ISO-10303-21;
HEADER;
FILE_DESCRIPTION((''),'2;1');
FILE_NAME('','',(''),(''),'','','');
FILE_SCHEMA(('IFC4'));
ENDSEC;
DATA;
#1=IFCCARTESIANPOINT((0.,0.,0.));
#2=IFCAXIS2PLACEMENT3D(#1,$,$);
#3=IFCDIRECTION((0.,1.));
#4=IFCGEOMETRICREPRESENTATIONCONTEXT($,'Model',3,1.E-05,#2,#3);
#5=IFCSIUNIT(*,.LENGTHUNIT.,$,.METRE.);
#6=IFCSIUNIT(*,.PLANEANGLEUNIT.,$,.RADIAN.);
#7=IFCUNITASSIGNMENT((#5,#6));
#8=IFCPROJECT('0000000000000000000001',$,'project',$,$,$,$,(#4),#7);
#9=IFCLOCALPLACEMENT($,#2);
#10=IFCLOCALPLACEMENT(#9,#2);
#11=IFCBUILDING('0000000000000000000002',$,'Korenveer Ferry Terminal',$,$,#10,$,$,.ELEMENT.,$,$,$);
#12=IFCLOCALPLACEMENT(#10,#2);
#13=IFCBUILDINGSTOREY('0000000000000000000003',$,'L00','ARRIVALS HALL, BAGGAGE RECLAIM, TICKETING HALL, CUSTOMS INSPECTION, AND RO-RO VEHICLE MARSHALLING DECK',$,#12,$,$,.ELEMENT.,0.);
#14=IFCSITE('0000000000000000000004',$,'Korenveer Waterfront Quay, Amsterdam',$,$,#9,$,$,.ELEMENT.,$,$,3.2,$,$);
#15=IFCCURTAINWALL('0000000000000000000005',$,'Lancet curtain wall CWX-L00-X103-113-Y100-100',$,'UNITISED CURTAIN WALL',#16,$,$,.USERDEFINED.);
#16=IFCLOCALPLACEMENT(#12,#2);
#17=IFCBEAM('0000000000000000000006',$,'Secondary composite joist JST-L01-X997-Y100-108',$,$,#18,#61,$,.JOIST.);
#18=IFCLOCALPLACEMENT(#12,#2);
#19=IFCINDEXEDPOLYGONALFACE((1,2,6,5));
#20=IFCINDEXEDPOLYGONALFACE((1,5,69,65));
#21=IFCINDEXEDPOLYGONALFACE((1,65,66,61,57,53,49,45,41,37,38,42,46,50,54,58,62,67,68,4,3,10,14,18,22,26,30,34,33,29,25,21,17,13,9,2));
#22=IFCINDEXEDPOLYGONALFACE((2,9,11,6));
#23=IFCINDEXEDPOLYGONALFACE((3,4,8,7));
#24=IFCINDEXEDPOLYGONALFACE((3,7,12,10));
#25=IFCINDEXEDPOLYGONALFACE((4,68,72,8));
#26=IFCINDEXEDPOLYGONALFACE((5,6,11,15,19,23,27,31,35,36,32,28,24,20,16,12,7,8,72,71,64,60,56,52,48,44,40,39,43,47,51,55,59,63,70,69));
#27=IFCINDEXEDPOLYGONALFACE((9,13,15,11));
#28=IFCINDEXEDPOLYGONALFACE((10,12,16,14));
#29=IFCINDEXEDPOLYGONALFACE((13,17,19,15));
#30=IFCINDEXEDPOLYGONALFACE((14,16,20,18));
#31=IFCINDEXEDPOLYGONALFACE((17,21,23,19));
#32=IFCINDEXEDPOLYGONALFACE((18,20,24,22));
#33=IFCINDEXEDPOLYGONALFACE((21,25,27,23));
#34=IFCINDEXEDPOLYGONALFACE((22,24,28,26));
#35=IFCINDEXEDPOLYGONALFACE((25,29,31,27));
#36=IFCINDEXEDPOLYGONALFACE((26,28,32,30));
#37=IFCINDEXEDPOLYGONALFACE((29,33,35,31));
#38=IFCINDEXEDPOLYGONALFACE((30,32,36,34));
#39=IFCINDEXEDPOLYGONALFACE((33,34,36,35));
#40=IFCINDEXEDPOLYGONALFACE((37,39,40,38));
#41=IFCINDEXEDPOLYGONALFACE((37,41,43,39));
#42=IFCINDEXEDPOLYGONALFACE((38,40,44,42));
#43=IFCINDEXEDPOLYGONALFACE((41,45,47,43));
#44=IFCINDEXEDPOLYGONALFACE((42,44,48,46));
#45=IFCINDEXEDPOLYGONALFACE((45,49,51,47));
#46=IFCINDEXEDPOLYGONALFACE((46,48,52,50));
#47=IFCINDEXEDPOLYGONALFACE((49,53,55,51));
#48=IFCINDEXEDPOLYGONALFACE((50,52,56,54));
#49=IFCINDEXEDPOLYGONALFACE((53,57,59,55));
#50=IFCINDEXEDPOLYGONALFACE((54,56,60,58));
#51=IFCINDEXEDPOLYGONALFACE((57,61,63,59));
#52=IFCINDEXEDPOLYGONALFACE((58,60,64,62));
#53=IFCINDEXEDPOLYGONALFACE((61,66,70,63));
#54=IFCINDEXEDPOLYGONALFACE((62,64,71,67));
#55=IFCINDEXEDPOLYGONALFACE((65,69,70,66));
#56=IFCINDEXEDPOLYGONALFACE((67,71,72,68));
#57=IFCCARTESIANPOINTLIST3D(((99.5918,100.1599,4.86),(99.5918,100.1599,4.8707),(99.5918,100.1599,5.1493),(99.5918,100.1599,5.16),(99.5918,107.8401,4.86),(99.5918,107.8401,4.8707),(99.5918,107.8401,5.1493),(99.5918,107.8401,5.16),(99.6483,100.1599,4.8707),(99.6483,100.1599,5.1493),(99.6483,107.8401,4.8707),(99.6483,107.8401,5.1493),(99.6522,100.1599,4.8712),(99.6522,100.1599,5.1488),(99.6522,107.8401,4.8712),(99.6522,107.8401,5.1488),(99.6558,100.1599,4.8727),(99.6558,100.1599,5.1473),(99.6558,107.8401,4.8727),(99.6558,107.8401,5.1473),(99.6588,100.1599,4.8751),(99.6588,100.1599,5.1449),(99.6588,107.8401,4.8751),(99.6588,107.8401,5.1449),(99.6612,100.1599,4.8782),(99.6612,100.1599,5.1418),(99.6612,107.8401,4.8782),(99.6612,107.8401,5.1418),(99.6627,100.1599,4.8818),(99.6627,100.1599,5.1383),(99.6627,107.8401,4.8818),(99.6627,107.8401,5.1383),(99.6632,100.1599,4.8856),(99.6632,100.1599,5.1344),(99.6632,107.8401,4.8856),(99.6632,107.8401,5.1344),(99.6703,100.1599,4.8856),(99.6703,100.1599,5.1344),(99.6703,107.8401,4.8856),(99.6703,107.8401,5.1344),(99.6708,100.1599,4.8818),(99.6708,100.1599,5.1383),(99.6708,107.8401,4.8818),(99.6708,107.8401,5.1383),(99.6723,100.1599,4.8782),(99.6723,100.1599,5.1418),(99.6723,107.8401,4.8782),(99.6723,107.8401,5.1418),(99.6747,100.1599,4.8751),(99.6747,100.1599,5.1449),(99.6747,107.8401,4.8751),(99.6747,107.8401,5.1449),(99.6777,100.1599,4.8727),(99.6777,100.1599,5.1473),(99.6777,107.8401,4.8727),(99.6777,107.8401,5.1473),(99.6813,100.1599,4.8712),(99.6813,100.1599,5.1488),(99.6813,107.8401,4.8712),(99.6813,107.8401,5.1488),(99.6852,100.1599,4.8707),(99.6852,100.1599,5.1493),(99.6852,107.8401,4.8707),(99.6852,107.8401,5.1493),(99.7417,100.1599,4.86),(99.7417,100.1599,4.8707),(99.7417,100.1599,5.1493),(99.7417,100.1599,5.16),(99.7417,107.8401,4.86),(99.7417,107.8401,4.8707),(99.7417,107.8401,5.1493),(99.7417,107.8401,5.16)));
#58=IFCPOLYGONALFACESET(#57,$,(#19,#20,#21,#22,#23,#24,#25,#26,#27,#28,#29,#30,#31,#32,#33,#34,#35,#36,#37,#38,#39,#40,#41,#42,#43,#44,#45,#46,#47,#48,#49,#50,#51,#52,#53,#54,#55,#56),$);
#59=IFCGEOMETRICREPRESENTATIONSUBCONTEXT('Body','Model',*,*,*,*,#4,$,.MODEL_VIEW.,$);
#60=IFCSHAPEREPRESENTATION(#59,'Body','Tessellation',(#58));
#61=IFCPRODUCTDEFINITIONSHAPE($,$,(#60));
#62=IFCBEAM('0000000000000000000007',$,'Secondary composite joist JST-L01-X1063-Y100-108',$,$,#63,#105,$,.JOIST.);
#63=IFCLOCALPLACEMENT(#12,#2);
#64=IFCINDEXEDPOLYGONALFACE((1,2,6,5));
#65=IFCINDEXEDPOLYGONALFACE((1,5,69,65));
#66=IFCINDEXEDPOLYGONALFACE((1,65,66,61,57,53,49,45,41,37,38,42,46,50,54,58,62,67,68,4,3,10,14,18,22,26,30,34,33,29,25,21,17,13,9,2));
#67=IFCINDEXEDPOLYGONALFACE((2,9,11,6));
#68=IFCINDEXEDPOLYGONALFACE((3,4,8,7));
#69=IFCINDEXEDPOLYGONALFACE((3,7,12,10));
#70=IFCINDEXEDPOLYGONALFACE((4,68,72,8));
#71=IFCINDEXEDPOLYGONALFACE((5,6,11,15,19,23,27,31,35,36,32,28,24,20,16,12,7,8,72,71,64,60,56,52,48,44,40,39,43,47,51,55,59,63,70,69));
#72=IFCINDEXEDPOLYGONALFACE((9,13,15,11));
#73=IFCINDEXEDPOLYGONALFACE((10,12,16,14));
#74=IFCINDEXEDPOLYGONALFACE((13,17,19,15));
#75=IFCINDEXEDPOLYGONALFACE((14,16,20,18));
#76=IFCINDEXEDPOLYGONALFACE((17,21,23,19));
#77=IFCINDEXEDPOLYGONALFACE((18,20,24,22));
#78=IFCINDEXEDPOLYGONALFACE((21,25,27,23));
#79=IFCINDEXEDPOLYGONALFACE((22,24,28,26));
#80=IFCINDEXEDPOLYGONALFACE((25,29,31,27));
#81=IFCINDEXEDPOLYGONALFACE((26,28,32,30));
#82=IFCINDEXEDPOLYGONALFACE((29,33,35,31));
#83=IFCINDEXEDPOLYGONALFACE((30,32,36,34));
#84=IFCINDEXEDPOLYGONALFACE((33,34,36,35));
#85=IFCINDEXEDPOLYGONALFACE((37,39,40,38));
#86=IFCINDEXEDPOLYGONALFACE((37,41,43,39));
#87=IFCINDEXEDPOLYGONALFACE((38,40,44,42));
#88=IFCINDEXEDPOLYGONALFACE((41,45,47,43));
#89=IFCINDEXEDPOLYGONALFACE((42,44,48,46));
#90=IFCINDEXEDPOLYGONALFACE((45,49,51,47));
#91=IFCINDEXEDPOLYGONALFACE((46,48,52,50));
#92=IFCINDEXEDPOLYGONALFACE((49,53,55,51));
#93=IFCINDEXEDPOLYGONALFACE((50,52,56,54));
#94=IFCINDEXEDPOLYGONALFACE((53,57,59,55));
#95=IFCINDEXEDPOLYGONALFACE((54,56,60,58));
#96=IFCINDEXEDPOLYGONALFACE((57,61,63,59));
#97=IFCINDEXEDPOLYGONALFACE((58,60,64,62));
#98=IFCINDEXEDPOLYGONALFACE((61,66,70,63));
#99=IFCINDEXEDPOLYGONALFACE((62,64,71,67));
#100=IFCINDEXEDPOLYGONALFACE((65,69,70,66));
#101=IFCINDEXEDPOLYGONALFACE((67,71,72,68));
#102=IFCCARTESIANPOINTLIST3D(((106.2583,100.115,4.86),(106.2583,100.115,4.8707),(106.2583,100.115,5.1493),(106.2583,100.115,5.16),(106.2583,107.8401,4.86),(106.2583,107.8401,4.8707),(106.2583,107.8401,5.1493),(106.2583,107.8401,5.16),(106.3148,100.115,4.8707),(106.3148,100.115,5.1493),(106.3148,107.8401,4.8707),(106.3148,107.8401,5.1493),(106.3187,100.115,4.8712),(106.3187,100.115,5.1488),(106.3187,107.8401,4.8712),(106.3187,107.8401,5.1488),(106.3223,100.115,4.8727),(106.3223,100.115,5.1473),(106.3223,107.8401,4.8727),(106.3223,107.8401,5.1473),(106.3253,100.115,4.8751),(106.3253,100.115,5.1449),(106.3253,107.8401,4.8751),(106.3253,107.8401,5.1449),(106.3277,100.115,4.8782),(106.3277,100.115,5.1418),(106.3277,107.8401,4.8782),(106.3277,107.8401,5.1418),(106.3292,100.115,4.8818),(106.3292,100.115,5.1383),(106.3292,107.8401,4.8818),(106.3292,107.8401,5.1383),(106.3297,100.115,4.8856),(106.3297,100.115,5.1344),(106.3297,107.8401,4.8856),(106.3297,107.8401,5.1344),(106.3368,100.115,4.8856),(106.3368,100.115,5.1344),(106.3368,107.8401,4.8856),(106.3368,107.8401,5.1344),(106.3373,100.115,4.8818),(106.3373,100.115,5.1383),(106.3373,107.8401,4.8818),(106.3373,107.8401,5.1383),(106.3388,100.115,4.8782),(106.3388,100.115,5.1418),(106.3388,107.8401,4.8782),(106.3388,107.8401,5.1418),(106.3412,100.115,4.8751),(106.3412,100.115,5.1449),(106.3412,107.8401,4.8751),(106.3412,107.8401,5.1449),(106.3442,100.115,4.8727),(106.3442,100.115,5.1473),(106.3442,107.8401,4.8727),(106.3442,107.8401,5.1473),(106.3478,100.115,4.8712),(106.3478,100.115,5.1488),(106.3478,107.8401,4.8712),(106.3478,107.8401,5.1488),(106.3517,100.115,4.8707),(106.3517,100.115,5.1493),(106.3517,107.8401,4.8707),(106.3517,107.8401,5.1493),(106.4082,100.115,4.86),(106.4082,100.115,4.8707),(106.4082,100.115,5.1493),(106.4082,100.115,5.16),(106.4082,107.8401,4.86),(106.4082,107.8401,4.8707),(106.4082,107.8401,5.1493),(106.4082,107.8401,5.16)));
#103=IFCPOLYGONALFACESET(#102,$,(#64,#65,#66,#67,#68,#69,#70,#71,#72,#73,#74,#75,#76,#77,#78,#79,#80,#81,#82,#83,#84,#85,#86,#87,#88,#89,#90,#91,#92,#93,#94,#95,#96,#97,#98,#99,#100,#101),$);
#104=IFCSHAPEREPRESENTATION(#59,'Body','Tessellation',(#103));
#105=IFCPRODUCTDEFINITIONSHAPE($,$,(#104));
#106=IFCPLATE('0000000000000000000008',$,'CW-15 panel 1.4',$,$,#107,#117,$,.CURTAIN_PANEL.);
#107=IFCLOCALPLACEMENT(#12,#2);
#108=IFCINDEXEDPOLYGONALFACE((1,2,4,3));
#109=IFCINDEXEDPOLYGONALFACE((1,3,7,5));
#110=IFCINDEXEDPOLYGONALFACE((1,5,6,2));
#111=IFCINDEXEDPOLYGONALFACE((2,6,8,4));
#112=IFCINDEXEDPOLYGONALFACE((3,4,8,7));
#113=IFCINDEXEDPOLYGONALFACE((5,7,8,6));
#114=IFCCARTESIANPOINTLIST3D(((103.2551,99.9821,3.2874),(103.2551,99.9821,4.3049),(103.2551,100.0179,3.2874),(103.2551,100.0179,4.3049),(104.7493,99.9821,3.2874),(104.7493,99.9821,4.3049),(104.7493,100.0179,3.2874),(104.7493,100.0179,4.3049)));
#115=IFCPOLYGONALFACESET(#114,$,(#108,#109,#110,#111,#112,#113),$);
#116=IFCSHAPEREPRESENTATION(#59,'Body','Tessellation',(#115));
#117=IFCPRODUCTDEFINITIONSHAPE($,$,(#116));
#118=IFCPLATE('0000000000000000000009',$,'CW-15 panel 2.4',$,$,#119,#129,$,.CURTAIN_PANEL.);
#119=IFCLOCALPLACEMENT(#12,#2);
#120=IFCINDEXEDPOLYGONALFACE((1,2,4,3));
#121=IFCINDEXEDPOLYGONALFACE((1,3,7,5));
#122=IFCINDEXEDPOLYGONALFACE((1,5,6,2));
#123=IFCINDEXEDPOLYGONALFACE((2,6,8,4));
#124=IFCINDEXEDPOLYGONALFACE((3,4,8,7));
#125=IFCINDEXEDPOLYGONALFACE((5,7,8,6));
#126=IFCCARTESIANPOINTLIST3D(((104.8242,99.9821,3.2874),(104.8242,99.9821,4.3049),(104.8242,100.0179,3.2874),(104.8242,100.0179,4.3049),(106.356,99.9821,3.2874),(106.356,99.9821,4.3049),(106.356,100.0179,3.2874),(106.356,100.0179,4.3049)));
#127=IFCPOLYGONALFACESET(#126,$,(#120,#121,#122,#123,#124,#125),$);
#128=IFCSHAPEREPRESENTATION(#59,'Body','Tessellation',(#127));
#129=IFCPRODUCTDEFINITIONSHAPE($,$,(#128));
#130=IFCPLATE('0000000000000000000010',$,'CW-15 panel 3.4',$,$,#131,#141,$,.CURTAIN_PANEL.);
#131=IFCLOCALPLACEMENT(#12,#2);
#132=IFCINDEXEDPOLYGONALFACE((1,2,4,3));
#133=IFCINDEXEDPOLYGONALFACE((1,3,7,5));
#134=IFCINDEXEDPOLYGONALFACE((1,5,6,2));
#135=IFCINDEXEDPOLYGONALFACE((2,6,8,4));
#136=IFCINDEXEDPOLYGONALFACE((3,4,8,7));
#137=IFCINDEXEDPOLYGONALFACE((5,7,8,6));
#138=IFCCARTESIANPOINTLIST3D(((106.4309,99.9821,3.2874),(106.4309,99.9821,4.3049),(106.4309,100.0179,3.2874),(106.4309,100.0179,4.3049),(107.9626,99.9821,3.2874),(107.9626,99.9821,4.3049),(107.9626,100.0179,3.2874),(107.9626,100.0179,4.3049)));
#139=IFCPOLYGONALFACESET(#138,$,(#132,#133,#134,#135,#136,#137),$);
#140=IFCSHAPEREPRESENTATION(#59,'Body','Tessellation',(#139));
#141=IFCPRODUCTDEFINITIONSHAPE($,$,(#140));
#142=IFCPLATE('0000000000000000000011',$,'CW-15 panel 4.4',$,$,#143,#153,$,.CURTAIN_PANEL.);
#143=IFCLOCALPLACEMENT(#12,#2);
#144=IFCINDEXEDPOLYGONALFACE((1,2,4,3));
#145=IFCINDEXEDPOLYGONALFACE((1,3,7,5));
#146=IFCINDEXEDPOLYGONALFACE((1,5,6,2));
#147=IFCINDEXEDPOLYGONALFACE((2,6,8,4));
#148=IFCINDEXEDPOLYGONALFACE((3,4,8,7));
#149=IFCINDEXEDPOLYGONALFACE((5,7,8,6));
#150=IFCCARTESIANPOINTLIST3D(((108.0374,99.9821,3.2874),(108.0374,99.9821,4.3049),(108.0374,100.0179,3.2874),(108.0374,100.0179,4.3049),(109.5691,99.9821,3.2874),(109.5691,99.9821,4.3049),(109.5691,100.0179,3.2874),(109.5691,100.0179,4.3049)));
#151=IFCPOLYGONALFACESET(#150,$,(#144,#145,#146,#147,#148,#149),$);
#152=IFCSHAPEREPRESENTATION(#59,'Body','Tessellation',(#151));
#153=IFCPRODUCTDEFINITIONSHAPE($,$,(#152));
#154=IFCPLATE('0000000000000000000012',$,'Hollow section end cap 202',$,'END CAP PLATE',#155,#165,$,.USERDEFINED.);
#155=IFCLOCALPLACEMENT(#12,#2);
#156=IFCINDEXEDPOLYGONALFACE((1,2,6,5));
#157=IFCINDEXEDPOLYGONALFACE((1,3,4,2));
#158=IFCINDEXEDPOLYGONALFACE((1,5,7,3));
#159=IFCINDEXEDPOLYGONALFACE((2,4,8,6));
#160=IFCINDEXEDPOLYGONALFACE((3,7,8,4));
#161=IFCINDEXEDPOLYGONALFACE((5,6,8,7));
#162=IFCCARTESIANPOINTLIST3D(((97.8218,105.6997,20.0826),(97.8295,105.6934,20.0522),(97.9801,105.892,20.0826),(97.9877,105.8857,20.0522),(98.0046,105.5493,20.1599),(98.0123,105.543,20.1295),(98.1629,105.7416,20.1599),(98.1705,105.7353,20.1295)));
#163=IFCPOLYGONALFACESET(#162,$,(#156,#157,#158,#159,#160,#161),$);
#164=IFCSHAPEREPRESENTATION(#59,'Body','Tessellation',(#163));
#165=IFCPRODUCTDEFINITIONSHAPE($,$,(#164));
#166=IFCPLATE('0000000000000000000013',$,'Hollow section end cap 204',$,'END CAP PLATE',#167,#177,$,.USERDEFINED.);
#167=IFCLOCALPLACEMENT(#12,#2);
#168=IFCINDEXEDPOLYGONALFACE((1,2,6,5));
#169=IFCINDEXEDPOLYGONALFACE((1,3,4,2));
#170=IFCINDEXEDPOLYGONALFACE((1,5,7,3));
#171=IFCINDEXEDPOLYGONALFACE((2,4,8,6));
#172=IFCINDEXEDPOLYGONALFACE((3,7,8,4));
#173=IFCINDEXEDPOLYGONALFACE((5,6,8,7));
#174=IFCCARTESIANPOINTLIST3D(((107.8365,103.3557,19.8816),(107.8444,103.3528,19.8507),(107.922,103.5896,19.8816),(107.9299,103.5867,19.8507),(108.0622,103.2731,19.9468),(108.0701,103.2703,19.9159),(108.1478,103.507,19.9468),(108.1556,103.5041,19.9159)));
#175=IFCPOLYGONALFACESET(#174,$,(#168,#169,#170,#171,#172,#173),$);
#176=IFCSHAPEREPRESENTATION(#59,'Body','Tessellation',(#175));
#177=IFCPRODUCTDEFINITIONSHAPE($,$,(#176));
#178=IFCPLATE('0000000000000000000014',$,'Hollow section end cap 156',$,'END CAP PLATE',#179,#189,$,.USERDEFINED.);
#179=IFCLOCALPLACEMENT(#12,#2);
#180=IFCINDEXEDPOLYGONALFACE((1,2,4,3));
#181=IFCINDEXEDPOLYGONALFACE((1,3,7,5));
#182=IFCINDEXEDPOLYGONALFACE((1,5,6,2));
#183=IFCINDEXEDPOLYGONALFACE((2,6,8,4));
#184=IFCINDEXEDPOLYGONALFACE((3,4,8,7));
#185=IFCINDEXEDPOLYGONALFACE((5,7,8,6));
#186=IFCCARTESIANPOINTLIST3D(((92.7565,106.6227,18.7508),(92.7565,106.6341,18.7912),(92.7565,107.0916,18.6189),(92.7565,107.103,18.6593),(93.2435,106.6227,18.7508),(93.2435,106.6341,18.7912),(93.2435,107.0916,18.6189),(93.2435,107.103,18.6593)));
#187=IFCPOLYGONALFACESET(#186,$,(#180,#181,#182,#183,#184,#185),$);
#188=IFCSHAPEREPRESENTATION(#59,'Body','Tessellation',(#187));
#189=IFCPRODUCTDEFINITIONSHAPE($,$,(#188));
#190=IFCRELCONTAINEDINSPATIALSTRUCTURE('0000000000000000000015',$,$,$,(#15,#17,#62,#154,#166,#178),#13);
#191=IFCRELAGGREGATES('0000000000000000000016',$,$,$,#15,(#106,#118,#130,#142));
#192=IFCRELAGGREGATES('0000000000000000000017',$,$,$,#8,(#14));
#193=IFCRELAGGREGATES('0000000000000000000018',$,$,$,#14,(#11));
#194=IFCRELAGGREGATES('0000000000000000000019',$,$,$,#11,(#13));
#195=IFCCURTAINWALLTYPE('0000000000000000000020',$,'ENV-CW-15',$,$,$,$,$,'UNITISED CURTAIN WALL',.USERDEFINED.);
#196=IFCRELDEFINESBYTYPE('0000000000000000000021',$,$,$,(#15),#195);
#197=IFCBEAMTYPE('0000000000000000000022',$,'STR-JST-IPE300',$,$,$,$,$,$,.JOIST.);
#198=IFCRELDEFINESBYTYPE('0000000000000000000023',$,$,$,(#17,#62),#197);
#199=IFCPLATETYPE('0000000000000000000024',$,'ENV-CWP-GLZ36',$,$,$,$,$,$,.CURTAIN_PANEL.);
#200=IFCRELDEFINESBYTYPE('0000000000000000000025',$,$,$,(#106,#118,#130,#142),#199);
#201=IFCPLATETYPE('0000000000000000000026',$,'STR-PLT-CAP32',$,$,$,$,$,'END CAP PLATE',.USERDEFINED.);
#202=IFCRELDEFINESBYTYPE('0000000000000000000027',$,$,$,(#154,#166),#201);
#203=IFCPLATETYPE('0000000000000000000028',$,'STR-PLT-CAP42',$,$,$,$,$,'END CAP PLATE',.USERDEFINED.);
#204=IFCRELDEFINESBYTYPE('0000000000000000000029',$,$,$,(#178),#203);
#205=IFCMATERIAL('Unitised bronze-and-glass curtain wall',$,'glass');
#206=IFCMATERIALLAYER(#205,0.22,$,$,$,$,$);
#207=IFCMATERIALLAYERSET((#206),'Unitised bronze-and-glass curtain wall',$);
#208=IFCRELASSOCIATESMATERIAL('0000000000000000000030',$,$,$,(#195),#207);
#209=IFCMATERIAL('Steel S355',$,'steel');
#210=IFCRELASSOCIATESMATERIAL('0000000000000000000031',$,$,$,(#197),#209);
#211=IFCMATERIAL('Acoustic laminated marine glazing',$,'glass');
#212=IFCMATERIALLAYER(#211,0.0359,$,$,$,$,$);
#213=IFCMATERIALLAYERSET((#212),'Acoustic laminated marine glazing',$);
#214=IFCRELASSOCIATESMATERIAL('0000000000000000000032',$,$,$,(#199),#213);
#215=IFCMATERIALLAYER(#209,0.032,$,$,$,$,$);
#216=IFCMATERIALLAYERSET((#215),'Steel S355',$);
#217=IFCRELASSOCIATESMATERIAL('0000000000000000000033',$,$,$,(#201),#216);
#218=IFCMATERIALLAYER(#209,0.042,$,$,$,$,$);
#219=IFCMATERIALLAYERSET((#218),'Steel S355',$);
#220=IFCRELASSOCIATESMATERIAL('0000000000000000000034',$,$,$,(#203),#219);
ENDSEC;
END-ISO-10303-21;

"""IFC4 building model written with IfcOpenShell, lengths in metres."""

from ifc_helpers import new_model, si_unit, direction, frame, origin, origin_2d, place, context, subcontext, project, spatial, rectangle, i_section, extrude, material, layer, layer_set, material_profile, profile_set, type_object, element, aggregate, save


model = new_model("IFC4")

# Units and contexts
model_context = context("Model", 3, precision=1e-05, world=origin(), true_north=direction((0.0, 1.0)))
body_context = subcontext(model_context, "Body", "Model", "MODEL_VIEW")
ifc_project = project(units=[si_unit("LENGTHUNIT", "METRE"), si_unit("PLANEANGLEUNIT", "RADIAN")], contexts=[model_context])

# Site, building, storey
site_placement = place(None, origin())
site = spatial("IfcSite", under=ifc_project, at=site_placement, Name="Korenveer Waterfront Quay, Amsterdam", CompositionType="ELEMENT", RefElevation=3.2)
building_placement = place(site_placement, origin())
building = spatial("IfcBuilding", under=site, at=building_placement, Name="Korenveer Ferry Terminal", CompositionType="ELEMENT")
storey_placement = place(building_placement, origin())
storey = spatial("IfcBuildingStorey", under=building, at=storey_placement, Name="L00", Description="ARRIVALS HALL, BAGGAGE RECLAIM, TICKETING HALL, CUSTOMS INSPECTION, AND RO-RO VEHICLE MARSHALLING DECK", CompositionType="ELEMENT", Elevation=0.0)

# Curtain wall
ifc_material_1 = material(Name="Unitised bronze-and-glass curtain wall", Category="glass")
ifc_layer_1 = layer(ifc_material_1, 0.22)
ifc_layer_set_1 = layer_set([ifc_layer_1], Name="Unitised bronze-and-glass curtain wall")
curtain_wall_type = type_object("IfcCurtainWallType", Name="ENV-CW-15", ElementType="UNITISED CURTAIN WALL", PredefinedType="USERDEFINED", material=ifc_layer_set_1)
curtain_wall_placement = place(storey_placement, frame((103.1799, 100.0, 0.0)))
curtain_wall = element("IfcCurtainWall", 1, at=curtain_wall_placement, inside=storey, type_object=curtain_wall_type, Name="Lancet curtain wall CWX-L00-X103-113-Y100-100", ObjectType="UNITISED CURTAIN WALL", PredefinedType="USERDEFINED")

# Beams
ifc_material_2 = material(Name="Steel S355", Category="steel")
ifc_material_profile_1 = material_profile(ifc_material_2, i_section(OverallWidth=0.1499, OverallDepth=0.3, WebThickness=0.0071, FlangeThickness=0.0107, FilletRadius=0.0149, at=origin_2d()), Name="IPE 300")
ifc_profile_set_1 = profile_set([ifc_material_profile_1], Name="Steel S355")
beam_type_1 = type_object("IfcBeamType", Name="STR-JST-IPE300", PredefinedType="JOIST", material=ifc_profile_set_1)
for number, where, z_axis, x_axis, name in (
    (2, (99.6667, 100.1599, 5.01), (0.0, 1.0, 0.0), (-1.0, 0.0, 0.0), "Secondary composite joist JST-L01-X997-Y100-108"),
):
    element("IfcBeam", number, at=place(storey_placement, frame(where, z_axis=z_axis, x_axis=x_axis)), inside=storey, type_object=beam_type_1, Name=name, PredefinedType="JOIST", context=body_context, shape_type="SweptSolid", body=[
        extrude(i_section(OverallWidth=0.1499, OverallDepth=0.3, WebThickness=0.0071, FlangeThickness=0.0107, FilletRadius=0.0149, at=origin_2d()), origin(), (0.0, 0.0, 1.0), 7.6802),
    ])
beam_placement = place(storey_placement, frame((106.3333, 100.115, 5.01), z_axis=(0.0, 1.0, 0.0), x_axis=(-1.0, 0.0, 0.0)))
element("IfcBeam", 3, at=beam_placement, inside=storey, type_object=beam_type_1, Name="Secondary composite joist JST-L01-X1063-Y100-108", PredefinedType="JOIST", context=body_context, shape_type="SweptSolid", body=[
    extrude(i_section(OverallWidth=0.1499, OverallDepth=0.3, WebThickness=0.0071, FlangeThickness=0.0107, FilletRadius=0.0149, at=origin_2d()), origin(), (0.0, 0.0, 1.0), 7.7251),
])

# Plates
ifc_material_3 = material(Name="Acoustic laminated marine glazing", Category="glass")
ifc_layer_2 = layer(ifc_material_3, 0.0359)
ifc_layer_set_2 = layer_set([ifc_layer_2], Name="Acoustic laminated marine glazing")
plate_type_1 = type_object("IfcPlateType", Name="ENV-CWP-GLZ36", PredefinedType="CURTAIN_PANEL", material=ifc_layer_set_2)
plate_1_placement = place(storey_placement, frame((104.0022, 100.0, 3.2874), z_axis=(0.0, 0.0, 1.0), x_axis=(1.0, 0.0, 0.0)))
plate_1 = element("IfcPlate", 4, at=plate_1_placement, type_object=plate_type_1, Name="CW-15 panel 1.4", PredefinedType="CURTAIN_PANEL", context=body_context, shape_type="SweptSolid", body=[
    extrude(rectangle(XDim=1.4941, YDim=0.0359, at=origin_2d()), origin(), (0.0, 0.0, 1.0), 1.0176),
])
plate_2_placement = place(storey_placement, frame((105.5901, 100.0, 3.2874), z_axis=(0.0, 0.0, 1.0), x_axis=(1.0, 0.0, 0.0)))
plate_2 = element("IfcPlate", 5, at=plate_2_placement, type_object=plate_type_1, Name="CW-15 panel 2.4", PredefinedType="CURTAIN_PANEL", context=body_context, shape_type="SweptSolid", body=[
    extrude(rectangle(XDim=1.5317, YDim=0.0359, at=origin_2d()), origin(), (0.0, 0.0, 1.0), 1.0176),
])
plate_3_placement = place(storey_placement, frame((107.1968, 100.0, 3.2874), z_axis=(0.0, 0.0, 1.0), x_axis=(1.0, 0.0, 0.0)))
plate_3 = element("IfcPlate", 6, at=plate_3_placement, type_object=plate_type_1, Name="CW-15 panel 3.4", PredefinedType="CURTAIN_PANEL", context=body_context, shape_type="SweptSolid", body=[
    extrude(rectangle(XDim=1.5317, YDim=0.0359, at=origin_2d()), origin(), (0.0, 0.0, 1.0), 1.0176),
])
plate_4_placement = place(storey_placement, frame((108.8032, 100.0, 3.2874), z_axis=(0.0, 0.0, 1.0), x_axis=(1.0, 0.0, 0.0)))
plate_4 = element("IfcPlate", 7, at=plate_4_placement, type_object=plate_type_1, Name="CW-15 panel 4.4", PredefinedType="CURTAIN_PANEL", context=body_context, shape_type="SweptSolid", body=[
    extrude(rectangle(XDim=1.5317, YDim=0.0359, at=origin_2d()), origin(), (0.0, 0.0, 1.0), 1.0176),
])
aggregate(curtain_wall, [plate_1, plate_2, plate_3, plate_4])

# Plates
ifc_layer_3 = layer(ifc_material_2, 0.032)
ifc_layer_set_3 = layer_set([ifc_layer_3], Name="Steel S355")
plate_type_2 = type_object("IfcPlateType", Name="STR-PLT-CAP32", ElementType="END CAP PLATE", PredefinedType="USERDEFINED", material=ifc_layer_set_3)
for number, where, z_axis, x_axis, name in (
    (8, (98.0, 105.7144, 20.0908), (-0.239571, 0.197132, 0.950655), (-0.635398, -0.772185, 0.0), "Hollow section end cap 202"),
    (9, (108.0, 103.4285, 19.8833), (-0.245793, 0.08989, 0.965145), (-0.343466, -0.939165, 0.0), "Hollow section end cap 204"),
):
    element("IfcPlate", number, at=place(storey_placement, frame(where, z_axis=z_axis, x_axis=x_axis)), inside=storey, type_object=plate_type_2, Name=name, ObjectType="END CAP PLATE", PredefinedType="USERDEFINED", context=body_context, shape_type="SweptSolid", body=[
        extrude(rectangle(XDim=0.249, YDim=0.249, at=origin_2d()), origin(), (0.0, 0.0, 1.0), 0.032),
    ])
ifc_layer_4 = layer(ifc_material_2, 0.042)
ifc_layer_set_4 = layer_set([ifc_layer_4], Name="Steel S355")
plate_type_3 = type_object("IfcPlateType", Name="STR-PLT-CAP42", ElementType="END CAP PLATE", PredefinedType="USERDEFINED", material=ifc_layer_set_4)
for number, where, z_axis, x_axis, name in (
    (10, (93.0, 106.8572, 18.6848), (0.0, 0.270842, 0.962624), (-1.0, 0.0, 0.0), "Hollow section end cap 156"),
):
    element("IfcPlate", number, at=place(storey_placement, frame(where, z_axis=z_axis, x_axis=x_axis)), inside=storey, type_object=plate_type_3, Name=name, ObjectType="END CAP PLATE", PredefinedType="USERDEFINED", context=body_context, shape_type="SweptSolid", body=[
        extrude(rectangle(XDim=0.4871, YDim=0.4871, at=origin_2d()), origin(), (0.0, 0.0, 1.0), 0.042),
    ])

save(model, "model.ifc")
